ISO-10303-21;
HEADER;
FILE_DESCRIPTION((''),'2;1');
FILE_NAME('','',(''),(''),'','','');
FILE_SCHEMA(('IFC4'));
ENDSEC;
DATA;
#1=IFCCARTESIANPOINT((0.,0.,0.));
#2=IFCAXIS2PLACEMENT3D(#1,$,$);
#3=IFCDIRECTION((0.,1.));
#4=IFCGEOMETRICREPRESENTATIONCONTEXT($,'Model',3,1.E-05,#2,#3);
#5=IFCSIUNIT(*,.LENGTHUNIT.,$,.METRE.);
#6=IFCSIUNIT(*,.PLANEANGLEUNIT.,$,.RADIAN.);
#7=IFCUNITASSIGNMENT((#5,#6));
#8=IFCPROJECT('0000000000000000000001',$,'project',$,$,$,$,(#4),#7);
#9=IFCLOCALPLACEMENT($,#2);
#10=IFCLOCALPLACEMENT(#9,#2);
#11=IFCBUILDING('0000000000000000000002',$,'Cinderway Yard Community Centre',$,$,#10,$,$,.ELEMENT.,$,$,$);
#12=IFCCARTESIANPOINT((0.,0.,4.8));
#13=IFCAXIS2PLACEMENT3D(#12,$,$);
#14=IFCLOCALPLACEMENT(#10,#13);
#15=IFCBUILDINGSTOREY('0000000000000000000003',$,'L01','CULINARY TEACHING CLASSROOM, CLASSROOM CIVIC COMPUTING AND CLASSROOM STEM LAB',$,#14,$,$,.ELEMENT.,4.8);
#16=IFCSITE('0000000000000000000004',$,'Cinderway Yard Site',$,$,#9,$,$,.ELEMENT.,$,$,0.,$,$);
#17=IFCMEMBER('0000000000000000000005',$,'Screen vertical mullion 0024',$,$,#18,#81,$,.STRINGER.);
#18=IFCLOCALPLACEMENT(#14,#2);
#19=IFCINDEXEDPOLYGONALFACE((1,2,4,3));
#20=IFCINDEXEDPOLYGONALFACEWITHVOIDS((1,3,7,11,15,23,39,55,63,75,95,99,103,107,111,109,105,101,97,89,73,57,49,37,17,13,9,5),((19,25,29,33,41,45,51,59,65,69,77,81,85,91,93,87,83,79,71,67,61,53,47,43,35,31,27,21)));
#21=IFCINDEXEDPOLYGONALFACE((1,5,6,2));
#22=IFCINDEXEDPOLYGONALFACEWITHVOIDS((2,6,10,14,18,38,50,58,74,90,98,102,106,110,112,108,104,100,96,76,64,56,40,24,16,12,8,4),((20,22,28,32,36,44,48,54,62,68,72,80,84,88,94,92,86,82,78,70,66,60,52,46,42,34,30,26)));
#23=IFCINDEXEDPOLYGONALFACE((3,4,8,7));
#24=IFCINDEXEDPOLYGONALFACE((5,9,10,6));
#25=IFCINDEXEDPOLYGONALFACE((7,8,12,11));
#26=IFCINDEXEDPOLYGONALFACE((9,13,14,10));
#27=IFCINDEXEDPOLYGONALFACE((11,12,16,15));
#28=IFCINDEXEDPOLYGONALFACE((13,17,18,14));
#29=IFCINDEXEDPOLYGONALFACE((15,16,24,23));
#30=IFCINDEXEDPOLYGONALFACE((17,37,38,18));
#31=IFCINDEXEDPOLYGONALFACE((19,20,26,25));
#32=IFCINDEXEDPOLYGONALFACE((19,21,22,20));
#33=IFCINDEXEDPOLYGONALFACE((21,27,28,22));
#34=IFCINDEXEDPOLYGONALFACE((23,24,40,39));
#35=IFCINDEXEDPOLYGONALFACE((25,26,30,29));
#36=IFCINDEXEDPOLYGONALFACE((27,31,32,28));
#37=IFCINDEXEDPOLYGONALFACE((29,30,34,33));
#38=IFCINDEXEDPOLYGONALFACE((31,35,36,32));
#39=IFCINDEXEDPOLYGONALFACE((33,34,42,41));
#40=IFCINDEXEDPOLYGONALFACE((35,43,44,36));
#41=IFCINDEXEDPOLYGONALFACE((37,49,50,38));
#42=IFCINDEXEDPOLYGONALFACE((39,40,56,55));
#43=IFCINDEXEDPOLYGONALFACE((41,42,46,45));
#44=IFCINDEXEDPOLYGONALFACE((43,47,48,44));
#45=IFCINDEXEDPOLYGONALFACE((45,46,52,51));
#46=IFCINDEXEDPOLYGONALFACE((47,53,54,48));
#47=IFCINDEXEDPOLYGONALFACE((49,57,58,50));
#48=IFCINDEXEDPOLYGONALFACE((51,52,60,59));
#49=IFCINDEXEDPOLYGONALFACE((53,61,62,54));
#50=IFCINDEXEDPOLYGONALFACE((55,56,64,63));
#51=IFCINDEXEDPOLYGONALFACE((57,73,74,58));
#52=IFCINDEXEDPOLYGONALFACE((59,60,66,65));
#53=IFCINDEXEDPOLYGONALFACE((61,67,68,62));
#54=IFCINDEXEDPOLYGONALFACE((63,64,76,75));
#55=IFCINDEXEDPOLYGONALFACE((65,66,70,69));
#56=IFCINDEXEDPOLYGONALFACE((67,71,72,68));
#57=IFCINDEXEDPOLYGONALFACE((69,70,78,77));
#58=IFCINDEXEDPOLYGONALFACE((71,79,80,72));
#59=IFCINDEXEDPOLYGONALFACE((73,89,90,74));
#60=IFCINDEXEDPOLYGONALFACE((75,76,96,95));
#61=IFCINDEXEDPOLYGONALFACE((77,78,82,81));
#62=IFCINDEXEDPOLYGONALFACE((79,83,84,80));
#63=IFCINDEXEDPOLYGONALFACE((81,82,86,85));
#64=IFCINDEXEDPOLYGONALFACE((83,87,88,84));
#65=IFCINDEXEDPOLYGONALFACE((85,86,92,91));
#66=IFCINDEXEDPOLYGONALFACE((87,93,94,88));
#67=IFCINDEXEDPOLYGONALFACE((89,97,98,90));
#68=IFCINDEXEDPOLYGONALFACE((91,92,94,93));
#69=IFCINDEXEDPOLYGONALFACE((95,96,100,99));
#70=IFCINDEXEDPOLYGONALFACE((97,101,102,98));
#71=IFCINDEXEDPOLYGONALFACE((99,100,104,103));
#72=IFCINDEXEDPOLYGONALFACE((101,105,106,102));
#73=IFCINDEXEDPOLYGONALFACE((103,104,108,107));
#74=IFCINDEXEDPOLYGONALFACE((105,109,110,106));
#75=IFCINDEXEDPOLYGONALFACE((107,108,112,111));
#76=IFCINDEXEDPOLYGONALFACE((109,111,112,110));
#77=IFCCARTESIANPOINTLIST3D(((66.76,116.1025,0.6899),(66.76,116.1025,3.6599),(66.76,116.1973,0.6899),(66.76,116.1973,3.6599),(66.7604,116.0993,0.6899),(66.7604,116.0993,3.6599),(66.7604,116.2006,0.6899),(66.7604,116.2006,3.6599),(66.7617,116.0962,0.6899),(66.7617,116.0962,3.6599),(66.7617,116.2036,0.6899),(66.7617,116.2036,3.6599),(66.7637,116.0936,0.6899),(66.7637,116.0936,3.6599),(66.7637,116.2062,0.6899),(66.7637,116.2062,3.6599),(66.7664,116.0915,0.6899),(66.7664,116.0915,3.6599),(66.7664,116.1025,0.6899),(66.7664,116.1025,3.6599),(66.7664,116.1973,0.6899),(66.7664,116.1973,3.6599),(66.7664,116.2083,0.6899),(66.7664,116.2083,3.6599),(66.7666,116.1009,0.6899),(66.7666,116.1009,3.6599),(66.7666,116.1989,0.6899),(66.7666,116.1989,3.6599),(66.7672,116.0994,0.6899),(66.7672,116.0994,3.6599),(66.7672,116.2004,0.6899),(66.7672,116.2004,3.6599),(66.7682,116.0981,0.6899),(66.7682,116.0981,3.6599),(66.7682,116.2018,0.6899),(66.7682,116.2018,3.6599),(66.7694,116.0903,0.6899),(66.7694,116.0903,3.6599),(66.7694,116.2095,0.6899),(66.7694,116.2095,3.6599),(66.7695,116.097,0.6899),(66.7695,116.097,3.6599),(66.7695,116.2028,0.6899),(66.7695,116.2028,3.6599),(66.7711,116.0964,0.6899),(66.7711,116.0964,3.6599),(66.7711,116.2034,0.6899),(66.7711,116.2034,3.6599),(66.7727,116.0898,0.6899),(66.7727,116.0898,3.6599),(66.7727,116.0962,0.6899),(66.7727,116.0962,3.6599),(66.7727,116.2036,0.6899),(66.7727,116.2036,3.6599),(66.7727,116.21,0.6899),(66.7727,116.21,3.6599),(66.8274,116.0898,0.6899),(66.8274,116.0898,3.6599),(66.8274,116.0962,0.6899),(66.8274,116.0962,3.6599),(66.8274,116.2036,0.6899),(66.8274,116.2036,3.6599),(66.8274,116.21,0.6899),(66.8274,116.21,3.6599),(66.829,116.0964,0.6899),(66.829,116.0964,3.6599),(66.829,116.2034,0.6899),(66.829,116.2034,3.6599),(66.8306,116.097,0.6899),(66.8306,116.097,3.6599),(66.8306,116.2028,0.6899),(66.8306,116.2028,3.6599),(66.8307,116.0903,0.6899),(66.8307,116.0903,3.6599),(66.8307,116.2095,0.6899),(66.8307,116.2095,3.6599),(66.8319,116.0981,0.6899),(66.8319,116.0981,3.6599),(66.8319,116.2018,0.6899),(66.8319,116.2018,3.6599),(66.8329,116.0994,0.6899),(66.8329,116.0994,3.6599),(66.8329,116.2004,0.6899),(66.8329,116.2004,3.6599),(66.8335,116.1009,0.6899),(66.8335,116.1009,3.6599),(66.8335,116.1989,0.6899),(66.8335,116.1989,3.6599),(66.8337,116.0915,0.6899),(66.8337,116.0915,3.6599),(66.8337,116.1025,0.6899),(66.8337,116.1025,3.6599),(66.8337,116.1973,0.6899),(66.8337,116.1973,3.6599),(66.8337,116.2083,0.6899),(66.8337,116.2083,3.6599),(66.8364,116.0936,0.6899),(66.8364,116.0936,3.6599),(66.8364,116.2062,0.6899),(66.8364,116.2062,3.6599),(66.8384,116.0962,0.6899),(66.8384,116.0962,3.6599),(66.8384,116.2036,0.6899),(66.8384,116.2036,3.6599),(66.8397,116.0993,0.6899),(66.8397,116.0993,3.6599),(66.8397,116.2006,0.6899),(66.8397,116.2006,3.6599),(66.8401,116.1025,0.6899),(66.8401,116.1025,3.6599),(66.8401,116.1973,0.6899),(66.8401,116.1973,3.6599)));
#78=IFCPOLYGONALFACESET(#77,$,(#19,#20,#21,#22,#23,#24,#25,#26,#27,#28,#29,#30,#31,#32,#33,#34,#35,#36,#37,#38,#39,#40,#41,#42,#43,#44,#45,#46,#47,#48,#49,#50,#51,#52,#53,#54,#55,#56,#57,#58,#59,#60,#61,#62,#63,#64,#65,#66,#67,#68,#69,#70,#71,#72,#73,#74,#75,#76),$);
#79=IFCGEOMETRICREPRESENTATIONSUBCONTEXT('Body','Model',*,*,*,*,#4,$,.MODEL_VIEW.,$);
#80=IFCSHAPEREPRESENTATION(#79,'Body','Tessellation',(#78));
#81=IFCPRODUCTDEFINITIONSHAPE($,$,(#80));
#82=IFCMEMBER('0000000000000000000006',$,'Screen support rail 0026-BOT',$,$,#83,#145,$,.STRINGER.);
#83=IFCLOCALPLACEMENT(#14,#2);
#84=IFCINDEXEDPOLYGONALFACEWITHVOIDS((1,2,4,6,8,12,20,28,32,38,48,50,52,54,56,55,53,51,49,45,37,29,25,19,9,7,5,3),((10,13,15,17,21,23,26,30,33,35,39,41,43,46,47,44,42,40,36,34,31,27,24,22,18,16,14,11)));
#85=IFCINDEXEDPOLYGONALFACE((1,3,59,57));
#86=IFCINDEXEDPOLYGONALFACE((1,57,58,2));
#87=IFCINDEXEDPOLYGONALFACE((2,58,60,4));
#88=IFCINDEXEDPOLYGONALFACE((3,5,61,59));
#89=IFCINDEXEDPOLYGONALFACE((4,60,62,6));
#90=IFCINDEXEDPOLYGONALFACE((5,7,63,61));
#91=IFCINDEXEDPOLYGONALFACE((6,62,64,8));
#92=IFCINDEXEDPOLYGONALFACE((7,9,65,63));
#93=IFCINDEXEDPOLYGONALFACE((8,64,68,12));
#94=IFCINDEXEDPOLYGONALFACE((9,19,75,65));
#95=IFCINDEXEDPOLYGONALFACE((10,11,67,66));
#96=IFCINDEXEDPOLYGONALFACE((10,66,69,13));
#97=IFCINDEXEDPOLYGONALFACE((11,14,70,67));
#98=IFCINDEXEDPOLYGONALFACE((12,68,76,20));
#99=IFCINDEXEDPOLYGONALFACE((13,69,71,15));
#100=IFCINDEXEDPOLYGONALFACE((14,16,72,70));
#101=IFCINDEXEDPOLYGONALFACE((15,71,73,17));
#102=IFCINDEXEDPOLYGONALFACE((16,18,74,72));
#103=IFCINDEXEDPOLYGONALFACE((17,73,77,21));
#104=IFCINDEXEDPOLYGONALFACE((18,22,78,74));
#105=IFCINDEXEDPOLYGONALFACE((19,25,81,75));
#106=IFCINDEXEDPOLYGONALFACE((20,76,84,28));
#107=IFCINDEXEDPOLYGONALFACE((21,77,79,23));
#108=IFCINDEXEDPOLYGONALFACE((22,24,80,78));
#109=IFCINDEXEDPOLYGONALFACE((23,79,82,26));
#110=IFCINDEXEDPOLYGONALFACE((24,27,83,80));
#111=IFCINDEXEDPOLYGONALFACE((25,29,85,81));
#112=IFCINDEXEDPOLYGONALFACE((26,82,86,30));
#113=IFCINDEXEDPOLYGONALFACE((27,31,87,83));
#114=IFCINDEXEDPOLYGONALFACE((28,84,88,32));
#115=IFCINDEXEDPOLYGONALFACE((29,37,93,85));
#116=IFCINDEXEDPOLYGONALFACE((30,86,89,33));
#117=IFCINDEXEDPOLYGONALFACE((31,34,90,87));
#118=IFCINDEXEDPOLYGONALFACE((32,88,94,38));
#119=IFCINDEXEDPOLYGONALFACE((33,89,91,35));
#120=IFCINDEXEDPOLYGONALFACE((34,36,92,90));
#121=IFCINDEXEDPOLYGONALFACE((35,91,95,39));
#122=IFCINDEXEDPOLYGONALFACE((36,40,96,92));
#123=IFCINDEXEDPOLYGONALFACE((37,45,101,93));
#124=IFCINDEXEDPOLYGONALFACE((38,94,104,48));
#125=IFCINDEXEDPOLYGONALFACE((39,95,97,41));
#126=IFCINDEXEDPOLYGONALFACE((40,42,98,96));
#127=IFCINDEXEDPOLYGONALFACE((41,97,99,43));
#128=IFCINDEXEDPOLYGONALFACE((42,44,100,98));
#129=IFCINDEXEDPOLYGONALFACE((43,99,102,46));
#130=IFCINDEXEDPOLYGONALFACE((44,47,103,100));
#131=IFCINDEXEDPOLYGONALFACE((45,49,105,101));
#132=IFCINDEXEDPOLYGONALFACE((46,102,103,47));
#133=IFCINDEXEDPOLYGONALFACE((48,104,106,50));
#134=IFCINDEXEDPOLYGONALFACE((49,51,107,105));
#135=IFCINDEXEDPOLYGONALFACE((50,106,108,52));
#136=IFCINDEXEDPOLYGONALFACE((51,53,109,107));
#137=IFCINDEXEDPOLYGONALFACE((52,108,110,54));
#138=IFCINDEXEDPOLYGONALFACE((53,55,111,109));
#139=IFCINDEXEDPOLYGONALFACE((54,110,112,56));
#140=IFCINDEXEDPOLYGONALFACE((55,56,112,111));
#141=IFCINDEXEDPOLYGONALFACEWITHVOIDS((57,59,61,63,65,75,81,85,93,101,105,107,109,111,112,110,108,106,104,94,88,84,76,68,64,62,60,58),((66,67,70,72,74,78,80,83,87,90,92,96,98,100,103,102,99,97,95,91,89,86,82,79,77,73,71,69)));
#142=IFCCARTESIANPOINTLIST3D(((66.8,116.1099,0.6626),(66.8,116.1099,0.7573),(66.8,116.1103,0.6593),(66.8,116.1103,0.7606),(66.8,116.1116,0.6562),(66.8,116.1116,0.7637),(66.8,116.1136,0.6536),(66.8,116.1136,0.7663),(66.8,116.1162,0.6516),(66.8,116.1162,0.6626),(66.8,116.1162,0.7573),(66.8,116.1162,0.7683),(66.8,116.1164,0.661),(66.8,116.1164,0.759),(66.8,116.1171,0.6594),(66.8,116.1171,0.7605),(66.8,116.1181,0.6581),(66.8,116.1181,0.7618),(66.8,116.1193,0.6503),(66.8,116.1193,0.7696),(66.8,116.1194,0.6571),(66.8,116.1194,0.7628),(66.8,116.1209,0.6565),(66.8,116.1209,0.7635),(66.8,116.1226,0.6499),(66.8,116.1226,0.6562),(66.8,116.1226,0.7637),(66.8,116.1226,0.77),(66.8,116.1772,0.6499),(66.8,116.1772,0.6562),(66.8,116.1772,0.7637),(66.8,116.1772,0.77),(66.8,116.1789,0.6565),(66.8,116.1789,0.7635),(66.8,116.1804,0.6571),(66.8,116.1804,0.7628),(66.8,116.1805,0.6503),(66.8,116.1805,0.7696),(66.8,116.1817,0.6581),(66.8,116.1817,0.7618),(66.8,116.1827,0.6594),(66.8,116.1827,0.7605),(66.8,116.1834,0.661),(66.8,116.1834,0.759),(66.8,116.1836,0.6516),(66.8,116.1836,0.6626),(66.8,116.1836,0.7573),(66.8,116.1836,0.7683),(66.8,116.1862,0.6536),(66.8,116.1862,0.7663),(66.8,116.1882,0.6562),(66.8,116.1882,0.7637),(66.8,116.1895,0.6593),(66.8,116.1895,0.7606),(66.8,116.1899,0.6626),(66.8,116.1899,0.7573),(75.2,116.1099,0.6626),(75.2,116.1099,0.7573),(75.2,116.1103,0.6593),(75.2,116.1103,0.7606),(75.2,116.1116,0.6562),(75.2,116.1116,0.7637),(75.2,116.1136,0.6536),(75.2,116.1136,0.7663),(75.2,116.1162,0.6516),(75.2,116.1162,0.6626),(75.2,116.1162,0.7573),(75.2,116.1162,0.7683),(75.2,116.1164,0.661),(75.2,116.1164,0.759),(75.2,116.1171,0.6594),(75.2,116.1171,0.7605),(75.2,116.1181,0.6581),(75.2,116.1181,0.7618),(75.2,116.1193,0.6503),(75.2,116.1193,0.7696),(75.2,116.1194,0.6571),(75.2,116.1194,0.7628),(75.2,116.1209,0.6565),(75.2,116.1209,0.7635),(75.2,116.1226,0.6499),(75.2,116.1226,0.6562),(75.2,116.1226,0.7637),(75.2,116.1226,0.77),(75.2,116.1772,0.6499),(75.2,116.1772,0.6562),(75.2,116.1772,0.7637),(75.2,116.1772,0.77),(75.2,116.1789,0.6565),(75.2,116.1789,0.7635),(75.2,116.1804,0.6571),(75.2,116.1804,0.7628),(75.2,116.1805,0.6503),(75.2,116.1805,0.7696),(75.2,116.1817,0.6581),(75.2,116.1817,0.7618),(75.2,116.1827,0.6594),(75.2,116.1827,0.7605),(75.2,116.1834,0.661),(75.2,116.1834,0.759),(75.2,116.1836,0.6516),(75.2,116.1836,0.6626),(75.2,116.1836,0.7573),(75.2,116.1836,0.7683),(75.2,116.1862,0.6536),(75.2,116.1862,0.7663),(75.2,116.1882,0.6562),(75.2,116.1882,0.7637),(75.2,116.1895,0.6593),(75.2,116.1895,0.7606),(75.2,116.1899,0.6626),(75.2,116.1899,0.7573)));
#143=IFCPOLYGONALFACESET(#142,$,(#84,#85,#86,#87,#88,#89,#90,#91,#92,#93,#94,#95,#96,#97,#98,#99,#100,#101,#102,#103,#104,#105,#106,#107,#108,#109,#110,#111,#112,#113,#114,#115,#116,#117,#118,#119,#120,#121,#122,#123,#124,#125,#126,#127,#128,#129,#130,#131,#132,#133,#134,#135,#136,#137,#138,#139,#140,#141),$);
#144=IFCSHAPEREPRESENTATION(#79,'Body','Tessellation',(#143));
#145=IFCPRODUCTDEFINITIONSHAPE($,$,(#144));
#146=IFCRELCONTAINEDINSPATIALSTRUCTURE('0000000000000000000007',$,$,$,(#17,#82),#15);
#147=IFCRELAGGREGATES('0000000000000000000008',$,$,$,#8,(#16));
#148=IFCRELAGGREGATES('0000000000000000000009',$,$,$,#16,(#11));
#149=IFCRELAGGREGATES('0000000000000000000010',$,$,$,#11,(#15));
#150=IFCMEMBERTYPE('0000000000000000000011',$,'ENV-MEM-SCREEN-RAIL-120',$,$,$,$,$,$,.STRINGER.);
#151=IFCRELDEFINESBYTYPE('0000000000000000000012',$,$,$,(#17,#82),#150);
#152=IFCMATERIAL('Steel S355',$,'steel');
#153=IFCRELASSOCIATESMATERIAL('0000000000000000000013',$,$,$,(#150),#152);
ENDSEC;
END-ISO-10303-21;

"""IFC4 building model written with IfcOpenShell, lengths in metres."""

from ifc_helpers import new_model, si_unit, direction, frame, origin, origin_2d, place, context, subcontext, project, spatial, hollow_rectangle, extrude, material, material_profile, profile_set, type_object, element, save


model = new_model("IFC4")

# Units and contexts
model_context = context("Model", 3, precision=1e-05, world=origin(), true_north=direction((0.0, 1.0)))
body_context = subcontext(model_context, "Body", "Model", "MODEL_VIEW")
ifc_project = project(units=[si_unit("LENGTHUNIT", "METRE"), si_unit("PLANEANGLEUNIT", "RADIAN")], contexts=[model_context])

# Site, building, storey
site_placement = place(None, origin())
site = spatial("IfcSite", under=ifc_project, at=site_placement, Name="Cinderway Yard Site", CompositionType="ELEMENT", RefElevation=0.0)
building_placement = place(site_placement, origin())
building = spatial("IfcBuilding", under=site, at=building_placement, Name="Cinderway Yard Community Centre", CompositionType="ELEMENT")
storey_placement = place(building_placement, frame((0.0, 0.0, 4.8)))
storey = spatial("IfcBuildingStorey", under=building, at=storey_placement, Name="L01", Description="CULINARY TEACHING CLASSROOM, CLASSROOM CIVIC COMPUTING AND CLASSROOM STEM LAB", CompositionType="ELEMENT", Elevation=4.8)

# Members
ifc_material_1 = material(Name="Steel S355", Category="steel")
ifc_material_profile_1 = material_profile(ifc_material_1, hollow_rectangle(XDim=0.0801, YDim=0.1201, WallThickness=0.0063, InnerFilletRadius=0.0063, OuterFilletRadius=0.0127, at=origin_2d()), Name="Steel S355")
ifc_profile_set_1 = profile_set([ifc_material_profile_1], Name="Steel S355")
member_type_1 = type_object("IfcMemberType", Name="ENV-MEM-SCREEN-RAIL-120", PredefinedType="STRINGER", material=ifc_profile_set_1)
member_1_placement = place(storey_placement, frame((66.8, 116.1499, 0.6899), z_axis=(0.0, 0.0, 1.0), x_axis=(1.0, 0.0, 0.0)))
element("IfcMember", 1, at=member_1_placement, inside=storey, type_object=member_type_1, Name="Screen vertical mullion 0024", PredefinedType="STRINGER", context=body_context, shape_type="SweptSolid", body=[
    extrude(hollow_rectangle(XDim=0.0801, YDim=0.1201, WallThickness=0.0063, InnerFilletRadius=0.0063, OuterFilletRadius=0.0127, at=origin_2d()), origin(), (0.0, 0.0, 1.0), 2.97),
])
for number, where, z_axis, x_axis, name in (
    (2, (66.8, 116.1499, 0.71), (1.0, 0.0, 0.0), (0.0, 1.0, 0.0), "Screen support rail 0026-BOT"),
):
    element("IfcMember", number, at=place(storey_placement, frame(where, z_axis=z_axis, x_axis=x_axis)), inside=storey, type_object=member_type_1, Name=name, PredefinedType="STRINGER", context=body_context, shape_type="SweptSolid", body=[
        extrude(hollow_rectangle(XDim=0.0801, YDim=0.1201, WallThickness=0.0063, InnerFilletRadius=0.0063, OuterFilletRadius=0.0127, at=origin_2d()), origin(), (0.0, 0.0, 1.0), 8.3999),
    ])

save(model, "model.ifc")
